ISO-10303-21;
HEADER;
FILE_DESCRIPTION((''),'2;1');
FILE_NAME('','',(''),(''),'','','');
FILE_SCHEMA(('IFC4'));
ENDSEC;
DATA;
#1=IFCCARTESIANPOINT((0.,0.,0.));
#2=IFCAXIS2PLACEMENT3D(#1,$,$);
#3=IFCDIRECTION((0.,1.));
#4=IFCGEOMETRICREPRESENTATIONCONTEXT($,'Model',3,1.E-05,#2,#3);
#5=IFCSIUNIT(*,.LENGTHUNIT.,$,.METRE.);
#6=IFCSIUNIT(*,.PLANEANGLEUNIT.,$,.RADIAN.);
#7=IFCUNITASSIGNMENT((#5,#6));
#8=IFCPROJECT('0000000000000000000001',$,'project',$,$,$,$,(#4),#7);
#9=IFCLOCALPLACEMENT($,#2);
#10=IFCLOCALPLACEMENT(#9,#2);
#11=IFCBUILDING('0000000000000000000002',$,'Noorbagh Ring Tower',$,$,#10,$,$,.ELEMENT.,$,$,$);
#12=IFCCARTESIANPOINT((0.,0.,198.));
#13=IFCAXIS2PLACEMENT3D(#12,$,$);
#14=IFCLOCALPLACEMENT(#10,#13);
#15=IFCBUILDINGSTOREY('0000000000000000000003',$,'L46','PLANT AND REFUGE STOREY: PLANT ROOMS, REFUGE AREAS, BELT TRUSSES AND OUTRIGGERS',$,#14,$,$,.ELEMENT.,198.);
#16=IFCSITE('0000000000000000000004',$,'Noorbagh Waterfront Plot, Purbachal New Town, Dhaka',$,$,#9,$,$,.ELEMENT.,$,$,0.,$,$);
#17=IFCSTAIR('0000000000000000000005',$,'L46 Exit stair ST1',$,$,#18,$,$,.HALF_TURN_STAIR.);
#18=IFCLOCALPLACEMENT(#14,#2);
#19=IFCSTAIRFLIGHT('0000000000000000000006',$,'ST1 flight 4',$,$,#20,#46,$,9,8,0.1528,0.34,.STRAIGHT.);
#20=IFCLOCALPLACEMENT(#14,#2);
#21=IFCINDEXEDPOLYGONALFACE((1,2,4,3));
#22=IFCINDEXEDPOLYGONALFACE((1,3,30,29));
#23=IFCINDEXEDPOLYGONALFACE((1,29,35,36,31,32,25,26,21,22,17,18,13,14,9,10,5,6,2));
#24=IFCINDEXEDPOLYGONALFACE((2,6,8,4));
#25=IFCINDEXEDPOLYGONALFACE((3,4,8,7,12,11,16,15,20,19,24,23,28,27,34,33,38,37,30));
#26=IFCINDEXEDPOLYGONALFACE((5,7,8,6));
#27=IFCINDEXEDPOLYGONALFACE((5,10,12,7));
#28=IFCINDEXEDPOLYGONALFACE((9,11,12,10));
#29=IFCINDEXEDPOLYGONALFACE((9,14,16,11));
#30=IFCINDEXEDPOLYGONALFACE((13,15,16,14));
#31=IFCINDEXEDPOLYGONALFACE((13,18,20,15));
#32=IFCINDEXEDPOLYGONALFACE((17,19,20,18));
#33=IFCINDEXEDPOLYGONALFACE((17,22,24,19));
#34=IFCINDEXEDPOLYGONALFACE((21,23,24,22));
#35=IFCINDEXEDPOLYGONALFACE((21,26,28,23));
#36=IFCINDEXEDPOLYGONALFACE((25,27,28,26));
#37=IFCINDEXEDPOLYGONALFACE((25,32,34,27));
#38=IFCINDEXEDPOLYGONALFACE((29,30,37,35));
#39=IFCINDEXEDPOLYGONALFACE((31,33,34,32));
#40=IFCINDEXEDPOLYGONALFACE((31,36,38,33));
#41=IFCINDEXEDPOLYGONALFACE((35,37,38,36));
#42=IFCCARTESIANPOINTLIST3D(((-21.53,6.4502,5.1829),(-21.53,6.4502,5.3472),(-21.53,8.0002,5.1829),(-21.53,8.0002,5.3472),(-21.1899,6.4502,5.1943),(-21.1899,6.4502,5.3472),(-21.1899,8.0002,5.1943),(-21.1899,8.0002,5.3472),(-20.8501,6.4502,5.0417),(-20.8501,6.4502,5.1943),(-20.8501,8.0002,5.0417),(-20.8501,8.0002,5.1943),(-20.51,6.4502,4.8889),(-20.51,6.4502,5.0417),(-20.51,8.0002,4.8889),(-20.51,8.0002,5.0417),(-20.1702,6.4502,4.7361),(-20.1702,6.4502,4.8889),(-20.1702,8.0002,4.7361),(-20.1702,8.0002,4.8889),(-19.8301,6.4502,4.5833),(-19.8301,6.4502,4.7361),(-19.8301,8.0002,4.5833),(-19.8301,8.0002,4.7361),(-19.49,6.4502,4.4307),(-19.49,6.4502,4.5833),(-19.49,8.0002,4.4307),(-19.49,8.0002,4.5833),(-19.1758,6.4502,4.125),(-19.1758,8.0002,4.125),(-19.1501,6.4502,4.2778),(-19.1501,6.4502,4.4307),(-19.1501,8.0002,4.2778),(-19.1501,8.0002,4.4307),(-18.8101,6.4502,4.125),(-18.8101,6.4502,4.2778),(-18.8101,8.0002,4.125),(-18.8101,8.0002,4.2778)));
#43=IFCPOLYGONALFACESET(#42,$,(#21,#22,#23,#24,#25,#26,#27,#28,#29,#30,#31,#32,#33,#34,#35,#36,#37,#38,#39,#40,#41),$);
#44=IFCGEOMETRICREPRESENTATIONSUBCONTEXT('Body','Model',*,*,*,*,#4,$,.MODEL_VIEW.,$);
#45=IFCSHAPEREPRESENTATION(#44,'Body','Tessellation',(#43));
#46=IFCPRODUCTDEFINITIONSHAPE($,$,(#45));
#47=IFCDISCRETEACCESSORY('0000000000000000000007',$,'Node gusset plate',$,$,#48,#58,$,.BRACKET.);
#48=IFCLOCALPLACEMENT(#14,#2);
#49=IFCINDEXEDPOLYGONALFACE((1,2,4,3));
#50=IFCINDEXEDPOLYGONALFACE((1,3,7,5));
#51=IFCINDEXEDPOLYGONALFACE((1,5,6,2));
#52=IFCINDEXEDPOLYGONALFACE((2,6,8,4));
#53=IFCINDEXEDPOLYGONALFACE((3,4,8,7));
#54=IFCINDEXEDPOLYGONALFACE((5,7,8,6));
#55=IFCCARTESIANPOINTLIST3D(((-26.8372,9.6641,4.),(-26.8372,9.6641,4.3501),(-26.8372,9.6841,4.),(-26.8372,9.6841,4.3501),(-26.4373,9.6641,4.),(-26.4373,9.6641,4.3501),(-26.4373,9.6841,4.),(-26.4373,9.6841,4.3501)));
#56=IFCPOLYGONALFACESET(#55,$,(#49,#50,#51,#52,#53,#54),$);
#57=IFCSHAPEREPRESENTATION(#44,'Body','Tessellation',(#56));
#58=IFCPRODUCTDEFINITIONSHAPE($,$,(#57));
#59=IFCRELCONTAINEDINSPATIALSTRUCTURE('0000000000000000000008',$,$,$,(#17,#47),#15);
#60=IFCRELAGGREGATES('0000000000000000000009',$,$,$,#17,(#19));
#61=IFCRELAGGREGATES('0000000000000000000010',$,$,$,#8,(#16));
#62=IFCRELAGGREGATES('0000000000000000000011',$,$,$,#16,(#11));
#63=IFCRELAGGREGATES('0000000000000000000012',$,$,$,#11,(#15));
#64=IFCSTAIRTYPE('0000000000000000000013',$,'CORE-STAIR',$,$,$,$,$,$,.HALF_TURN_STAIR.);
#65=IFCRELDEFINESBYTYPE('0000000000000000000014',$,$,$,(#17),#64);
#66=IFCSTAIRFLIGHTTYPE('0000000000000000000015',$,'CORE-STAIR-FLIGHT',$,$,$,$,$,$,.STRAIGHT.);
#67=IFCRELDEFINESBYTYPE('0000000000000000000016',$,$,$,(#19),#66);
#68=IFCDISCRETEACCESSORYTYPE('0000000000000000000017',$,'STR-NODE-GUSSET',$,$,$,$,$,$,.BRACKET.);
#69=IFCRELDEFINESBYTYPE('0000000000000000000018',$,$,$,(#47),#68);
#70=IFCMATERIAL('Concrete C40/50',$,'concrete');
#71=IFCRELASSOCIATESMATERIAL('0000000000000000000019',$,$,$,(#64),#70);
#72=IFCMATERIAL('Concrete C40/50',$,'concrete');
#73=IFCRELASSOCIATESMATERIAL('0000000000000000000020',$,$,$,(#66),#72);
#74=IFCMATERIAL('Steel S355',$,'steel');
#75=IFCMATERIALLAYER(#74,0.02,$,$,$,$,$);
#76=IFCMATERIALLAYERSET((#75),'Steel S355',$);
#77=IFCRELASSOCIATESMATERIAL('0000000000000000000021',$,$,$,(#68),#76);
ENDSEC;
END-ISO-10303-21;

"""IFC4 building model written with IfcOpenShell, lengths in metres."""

from ifc_helpers import new_model, si_unit, direction, frame, origin, origin_2d, place, context, subcontext, project, spatial, polyline, rectangle, outline, extrude, material, layer, layer_set, type_object, element, aggregate, save


model = new_model("IFC4")

# Units and contexts
model_context = context("Model", 3, precision=1e-05, world=origin(), true_north=direction((0.0, 1.0)))
body_context = subcontext(model_context, "Body", "Model", "MODEL_VIEW")
ifc_project = project(units=[si_unit("LENGTHUNIT", "METRE"), si_unit("PLANEANGLEUNIT", "RADIAN")], contexts=[model_context])

# Site, building, storey
site_placement = place(None, origin())
site = spatial("IfcSite", under=ifc_project, at=site_placement, Name="Noorbagh Waterfront Plot, Purbachal New Town, Dhaka", CompositionType="ELEMENT", RefElevation=0.0)
building_placement = place(site_placement, origin())
building = spatial("IfcBuilding", under=site, at=building_placement, Name="Noorbagh Ring Tower", CompositionType="ELEMENT")
storey_placement = place(building_placement, frame((0.0, 0.0, 198.0)))
storey = spatial("IfcBuildingStorey", under=building, at=storey_placement, Name="L46", Description="PLANT AND REFUGE STOREY: PLANT ROOMS, REFUGE AREAS, BELT TRUSSES AND OUTRIGGERS", CompositionType="ELEMENT", Elevation=198.0)

# Stair, stair flight
ifc_material_1 = material(Name="Concrete C40/50", Category="concrete")
stair_type = type_object("IfcStairType", Name="CORE-STAIR", PredefinedType="HALF_TURN_STAIR", material=ifc_material_1)
stair_placement = place(storey_placement, origin())
stair = element("IfcStair", 1, at=stair_placement, inside=storey, type_object=stair_type, Name="L46 Exit stair ST1", PredefinedType="HALF_TURN_STAIR")
ifc_material_2 = material(Name="Concrete C40/50", Category="concrete")
stair_flight_type = type_object("IfcStairFlightType", Name="CORE-STAIR-FLIGHT", PredefinedType="STRAIGHT", material=ifc_material_2)
stair_flight_1_placement = place(storey_placement, frame((-18.8101, 7.2251, 4.125), z_axis=(0.0, 0.0, 1.0), x_axis=(-1.0, 0.0, 0.0)))
stair_flight_1 = element("IfcStairFlight", 2, at=stair_flight_1_placement, type_object=stair_flight_type, Name="ST1 flight 4", NumberOfRisers=9, NumberOfTreads=8, PredefinedType="STRAIGHT", RiserHeight=0.1528, TreadLength=0.34, context=body_context, shape_type="SweptSolid", body=[
    extrude(outline(polyline([(0.0, 0.0), (0.0, 0.1528), (0.3401, 0.1528), (0.3401, 0.3057), (0.6799, 0.3057), (0.6799, 0.4583), (1.02, 0.4583), (1.02, 0.6111), (1.3601, 0.6111), (1.3601, 0.7639), (1.7, 0.7639), (1.7, 0.9167), (2.04, 0.9167), (2.04, 1.0693), (2.3799, 1.0693), (2.3799, 1.2222), (2.72, 1.2222), (2.72, 1.375), (2.72, 1.0579), (0.3657, 0.0), (0.0, 0.0)])), frame((0.0, 0.7749, 0.0), z_axis=(0.0, -1.0, 0.0), x_axis=(1.0, 0.0, 0.0)), (0.0, 0.0, 1.0), 1.55),
])
aggregate(stair, [stair_flight_1])

# Discrete accessory
ifc_material_3 = material(Name="Steel S355", Category="steel")
ifc_layer_1 = layer(ifc_material_3, 0.02)
ifc_layer_set_1 = layer_set([ifc_layer_1], Name="Steel S355")
discrete_accessory_type = type_object("IfcDiscreteAccessoryType", Name="STR-NODE-GUSSET", PredefinedType="BRACKET", material=ifc_layer_set_1)
discrete_accessory_placement = place(storey_placement, frame((-26.6372, 9.6741, 4.0), z_axis=(0.0, 0.0, 1.0), x_axis=(1.0, 0.0, 0.0)))
element("IfcDiscreteAccessory", 3, at=discrete_accessory_placement, inside=storey, type_object=discrete_accessory_type, Name="Node gusset plate", PredefinedType="BRACKET", context=body_context, shape_type="SweptSolid", body=[
    extrude(rectangle(XDim=0.3999, YDim=0.02, at=origin_2d()), origin(), (0.0, 0.0, 1.0), 0.3501),
])

save(model, "model.ifc")
